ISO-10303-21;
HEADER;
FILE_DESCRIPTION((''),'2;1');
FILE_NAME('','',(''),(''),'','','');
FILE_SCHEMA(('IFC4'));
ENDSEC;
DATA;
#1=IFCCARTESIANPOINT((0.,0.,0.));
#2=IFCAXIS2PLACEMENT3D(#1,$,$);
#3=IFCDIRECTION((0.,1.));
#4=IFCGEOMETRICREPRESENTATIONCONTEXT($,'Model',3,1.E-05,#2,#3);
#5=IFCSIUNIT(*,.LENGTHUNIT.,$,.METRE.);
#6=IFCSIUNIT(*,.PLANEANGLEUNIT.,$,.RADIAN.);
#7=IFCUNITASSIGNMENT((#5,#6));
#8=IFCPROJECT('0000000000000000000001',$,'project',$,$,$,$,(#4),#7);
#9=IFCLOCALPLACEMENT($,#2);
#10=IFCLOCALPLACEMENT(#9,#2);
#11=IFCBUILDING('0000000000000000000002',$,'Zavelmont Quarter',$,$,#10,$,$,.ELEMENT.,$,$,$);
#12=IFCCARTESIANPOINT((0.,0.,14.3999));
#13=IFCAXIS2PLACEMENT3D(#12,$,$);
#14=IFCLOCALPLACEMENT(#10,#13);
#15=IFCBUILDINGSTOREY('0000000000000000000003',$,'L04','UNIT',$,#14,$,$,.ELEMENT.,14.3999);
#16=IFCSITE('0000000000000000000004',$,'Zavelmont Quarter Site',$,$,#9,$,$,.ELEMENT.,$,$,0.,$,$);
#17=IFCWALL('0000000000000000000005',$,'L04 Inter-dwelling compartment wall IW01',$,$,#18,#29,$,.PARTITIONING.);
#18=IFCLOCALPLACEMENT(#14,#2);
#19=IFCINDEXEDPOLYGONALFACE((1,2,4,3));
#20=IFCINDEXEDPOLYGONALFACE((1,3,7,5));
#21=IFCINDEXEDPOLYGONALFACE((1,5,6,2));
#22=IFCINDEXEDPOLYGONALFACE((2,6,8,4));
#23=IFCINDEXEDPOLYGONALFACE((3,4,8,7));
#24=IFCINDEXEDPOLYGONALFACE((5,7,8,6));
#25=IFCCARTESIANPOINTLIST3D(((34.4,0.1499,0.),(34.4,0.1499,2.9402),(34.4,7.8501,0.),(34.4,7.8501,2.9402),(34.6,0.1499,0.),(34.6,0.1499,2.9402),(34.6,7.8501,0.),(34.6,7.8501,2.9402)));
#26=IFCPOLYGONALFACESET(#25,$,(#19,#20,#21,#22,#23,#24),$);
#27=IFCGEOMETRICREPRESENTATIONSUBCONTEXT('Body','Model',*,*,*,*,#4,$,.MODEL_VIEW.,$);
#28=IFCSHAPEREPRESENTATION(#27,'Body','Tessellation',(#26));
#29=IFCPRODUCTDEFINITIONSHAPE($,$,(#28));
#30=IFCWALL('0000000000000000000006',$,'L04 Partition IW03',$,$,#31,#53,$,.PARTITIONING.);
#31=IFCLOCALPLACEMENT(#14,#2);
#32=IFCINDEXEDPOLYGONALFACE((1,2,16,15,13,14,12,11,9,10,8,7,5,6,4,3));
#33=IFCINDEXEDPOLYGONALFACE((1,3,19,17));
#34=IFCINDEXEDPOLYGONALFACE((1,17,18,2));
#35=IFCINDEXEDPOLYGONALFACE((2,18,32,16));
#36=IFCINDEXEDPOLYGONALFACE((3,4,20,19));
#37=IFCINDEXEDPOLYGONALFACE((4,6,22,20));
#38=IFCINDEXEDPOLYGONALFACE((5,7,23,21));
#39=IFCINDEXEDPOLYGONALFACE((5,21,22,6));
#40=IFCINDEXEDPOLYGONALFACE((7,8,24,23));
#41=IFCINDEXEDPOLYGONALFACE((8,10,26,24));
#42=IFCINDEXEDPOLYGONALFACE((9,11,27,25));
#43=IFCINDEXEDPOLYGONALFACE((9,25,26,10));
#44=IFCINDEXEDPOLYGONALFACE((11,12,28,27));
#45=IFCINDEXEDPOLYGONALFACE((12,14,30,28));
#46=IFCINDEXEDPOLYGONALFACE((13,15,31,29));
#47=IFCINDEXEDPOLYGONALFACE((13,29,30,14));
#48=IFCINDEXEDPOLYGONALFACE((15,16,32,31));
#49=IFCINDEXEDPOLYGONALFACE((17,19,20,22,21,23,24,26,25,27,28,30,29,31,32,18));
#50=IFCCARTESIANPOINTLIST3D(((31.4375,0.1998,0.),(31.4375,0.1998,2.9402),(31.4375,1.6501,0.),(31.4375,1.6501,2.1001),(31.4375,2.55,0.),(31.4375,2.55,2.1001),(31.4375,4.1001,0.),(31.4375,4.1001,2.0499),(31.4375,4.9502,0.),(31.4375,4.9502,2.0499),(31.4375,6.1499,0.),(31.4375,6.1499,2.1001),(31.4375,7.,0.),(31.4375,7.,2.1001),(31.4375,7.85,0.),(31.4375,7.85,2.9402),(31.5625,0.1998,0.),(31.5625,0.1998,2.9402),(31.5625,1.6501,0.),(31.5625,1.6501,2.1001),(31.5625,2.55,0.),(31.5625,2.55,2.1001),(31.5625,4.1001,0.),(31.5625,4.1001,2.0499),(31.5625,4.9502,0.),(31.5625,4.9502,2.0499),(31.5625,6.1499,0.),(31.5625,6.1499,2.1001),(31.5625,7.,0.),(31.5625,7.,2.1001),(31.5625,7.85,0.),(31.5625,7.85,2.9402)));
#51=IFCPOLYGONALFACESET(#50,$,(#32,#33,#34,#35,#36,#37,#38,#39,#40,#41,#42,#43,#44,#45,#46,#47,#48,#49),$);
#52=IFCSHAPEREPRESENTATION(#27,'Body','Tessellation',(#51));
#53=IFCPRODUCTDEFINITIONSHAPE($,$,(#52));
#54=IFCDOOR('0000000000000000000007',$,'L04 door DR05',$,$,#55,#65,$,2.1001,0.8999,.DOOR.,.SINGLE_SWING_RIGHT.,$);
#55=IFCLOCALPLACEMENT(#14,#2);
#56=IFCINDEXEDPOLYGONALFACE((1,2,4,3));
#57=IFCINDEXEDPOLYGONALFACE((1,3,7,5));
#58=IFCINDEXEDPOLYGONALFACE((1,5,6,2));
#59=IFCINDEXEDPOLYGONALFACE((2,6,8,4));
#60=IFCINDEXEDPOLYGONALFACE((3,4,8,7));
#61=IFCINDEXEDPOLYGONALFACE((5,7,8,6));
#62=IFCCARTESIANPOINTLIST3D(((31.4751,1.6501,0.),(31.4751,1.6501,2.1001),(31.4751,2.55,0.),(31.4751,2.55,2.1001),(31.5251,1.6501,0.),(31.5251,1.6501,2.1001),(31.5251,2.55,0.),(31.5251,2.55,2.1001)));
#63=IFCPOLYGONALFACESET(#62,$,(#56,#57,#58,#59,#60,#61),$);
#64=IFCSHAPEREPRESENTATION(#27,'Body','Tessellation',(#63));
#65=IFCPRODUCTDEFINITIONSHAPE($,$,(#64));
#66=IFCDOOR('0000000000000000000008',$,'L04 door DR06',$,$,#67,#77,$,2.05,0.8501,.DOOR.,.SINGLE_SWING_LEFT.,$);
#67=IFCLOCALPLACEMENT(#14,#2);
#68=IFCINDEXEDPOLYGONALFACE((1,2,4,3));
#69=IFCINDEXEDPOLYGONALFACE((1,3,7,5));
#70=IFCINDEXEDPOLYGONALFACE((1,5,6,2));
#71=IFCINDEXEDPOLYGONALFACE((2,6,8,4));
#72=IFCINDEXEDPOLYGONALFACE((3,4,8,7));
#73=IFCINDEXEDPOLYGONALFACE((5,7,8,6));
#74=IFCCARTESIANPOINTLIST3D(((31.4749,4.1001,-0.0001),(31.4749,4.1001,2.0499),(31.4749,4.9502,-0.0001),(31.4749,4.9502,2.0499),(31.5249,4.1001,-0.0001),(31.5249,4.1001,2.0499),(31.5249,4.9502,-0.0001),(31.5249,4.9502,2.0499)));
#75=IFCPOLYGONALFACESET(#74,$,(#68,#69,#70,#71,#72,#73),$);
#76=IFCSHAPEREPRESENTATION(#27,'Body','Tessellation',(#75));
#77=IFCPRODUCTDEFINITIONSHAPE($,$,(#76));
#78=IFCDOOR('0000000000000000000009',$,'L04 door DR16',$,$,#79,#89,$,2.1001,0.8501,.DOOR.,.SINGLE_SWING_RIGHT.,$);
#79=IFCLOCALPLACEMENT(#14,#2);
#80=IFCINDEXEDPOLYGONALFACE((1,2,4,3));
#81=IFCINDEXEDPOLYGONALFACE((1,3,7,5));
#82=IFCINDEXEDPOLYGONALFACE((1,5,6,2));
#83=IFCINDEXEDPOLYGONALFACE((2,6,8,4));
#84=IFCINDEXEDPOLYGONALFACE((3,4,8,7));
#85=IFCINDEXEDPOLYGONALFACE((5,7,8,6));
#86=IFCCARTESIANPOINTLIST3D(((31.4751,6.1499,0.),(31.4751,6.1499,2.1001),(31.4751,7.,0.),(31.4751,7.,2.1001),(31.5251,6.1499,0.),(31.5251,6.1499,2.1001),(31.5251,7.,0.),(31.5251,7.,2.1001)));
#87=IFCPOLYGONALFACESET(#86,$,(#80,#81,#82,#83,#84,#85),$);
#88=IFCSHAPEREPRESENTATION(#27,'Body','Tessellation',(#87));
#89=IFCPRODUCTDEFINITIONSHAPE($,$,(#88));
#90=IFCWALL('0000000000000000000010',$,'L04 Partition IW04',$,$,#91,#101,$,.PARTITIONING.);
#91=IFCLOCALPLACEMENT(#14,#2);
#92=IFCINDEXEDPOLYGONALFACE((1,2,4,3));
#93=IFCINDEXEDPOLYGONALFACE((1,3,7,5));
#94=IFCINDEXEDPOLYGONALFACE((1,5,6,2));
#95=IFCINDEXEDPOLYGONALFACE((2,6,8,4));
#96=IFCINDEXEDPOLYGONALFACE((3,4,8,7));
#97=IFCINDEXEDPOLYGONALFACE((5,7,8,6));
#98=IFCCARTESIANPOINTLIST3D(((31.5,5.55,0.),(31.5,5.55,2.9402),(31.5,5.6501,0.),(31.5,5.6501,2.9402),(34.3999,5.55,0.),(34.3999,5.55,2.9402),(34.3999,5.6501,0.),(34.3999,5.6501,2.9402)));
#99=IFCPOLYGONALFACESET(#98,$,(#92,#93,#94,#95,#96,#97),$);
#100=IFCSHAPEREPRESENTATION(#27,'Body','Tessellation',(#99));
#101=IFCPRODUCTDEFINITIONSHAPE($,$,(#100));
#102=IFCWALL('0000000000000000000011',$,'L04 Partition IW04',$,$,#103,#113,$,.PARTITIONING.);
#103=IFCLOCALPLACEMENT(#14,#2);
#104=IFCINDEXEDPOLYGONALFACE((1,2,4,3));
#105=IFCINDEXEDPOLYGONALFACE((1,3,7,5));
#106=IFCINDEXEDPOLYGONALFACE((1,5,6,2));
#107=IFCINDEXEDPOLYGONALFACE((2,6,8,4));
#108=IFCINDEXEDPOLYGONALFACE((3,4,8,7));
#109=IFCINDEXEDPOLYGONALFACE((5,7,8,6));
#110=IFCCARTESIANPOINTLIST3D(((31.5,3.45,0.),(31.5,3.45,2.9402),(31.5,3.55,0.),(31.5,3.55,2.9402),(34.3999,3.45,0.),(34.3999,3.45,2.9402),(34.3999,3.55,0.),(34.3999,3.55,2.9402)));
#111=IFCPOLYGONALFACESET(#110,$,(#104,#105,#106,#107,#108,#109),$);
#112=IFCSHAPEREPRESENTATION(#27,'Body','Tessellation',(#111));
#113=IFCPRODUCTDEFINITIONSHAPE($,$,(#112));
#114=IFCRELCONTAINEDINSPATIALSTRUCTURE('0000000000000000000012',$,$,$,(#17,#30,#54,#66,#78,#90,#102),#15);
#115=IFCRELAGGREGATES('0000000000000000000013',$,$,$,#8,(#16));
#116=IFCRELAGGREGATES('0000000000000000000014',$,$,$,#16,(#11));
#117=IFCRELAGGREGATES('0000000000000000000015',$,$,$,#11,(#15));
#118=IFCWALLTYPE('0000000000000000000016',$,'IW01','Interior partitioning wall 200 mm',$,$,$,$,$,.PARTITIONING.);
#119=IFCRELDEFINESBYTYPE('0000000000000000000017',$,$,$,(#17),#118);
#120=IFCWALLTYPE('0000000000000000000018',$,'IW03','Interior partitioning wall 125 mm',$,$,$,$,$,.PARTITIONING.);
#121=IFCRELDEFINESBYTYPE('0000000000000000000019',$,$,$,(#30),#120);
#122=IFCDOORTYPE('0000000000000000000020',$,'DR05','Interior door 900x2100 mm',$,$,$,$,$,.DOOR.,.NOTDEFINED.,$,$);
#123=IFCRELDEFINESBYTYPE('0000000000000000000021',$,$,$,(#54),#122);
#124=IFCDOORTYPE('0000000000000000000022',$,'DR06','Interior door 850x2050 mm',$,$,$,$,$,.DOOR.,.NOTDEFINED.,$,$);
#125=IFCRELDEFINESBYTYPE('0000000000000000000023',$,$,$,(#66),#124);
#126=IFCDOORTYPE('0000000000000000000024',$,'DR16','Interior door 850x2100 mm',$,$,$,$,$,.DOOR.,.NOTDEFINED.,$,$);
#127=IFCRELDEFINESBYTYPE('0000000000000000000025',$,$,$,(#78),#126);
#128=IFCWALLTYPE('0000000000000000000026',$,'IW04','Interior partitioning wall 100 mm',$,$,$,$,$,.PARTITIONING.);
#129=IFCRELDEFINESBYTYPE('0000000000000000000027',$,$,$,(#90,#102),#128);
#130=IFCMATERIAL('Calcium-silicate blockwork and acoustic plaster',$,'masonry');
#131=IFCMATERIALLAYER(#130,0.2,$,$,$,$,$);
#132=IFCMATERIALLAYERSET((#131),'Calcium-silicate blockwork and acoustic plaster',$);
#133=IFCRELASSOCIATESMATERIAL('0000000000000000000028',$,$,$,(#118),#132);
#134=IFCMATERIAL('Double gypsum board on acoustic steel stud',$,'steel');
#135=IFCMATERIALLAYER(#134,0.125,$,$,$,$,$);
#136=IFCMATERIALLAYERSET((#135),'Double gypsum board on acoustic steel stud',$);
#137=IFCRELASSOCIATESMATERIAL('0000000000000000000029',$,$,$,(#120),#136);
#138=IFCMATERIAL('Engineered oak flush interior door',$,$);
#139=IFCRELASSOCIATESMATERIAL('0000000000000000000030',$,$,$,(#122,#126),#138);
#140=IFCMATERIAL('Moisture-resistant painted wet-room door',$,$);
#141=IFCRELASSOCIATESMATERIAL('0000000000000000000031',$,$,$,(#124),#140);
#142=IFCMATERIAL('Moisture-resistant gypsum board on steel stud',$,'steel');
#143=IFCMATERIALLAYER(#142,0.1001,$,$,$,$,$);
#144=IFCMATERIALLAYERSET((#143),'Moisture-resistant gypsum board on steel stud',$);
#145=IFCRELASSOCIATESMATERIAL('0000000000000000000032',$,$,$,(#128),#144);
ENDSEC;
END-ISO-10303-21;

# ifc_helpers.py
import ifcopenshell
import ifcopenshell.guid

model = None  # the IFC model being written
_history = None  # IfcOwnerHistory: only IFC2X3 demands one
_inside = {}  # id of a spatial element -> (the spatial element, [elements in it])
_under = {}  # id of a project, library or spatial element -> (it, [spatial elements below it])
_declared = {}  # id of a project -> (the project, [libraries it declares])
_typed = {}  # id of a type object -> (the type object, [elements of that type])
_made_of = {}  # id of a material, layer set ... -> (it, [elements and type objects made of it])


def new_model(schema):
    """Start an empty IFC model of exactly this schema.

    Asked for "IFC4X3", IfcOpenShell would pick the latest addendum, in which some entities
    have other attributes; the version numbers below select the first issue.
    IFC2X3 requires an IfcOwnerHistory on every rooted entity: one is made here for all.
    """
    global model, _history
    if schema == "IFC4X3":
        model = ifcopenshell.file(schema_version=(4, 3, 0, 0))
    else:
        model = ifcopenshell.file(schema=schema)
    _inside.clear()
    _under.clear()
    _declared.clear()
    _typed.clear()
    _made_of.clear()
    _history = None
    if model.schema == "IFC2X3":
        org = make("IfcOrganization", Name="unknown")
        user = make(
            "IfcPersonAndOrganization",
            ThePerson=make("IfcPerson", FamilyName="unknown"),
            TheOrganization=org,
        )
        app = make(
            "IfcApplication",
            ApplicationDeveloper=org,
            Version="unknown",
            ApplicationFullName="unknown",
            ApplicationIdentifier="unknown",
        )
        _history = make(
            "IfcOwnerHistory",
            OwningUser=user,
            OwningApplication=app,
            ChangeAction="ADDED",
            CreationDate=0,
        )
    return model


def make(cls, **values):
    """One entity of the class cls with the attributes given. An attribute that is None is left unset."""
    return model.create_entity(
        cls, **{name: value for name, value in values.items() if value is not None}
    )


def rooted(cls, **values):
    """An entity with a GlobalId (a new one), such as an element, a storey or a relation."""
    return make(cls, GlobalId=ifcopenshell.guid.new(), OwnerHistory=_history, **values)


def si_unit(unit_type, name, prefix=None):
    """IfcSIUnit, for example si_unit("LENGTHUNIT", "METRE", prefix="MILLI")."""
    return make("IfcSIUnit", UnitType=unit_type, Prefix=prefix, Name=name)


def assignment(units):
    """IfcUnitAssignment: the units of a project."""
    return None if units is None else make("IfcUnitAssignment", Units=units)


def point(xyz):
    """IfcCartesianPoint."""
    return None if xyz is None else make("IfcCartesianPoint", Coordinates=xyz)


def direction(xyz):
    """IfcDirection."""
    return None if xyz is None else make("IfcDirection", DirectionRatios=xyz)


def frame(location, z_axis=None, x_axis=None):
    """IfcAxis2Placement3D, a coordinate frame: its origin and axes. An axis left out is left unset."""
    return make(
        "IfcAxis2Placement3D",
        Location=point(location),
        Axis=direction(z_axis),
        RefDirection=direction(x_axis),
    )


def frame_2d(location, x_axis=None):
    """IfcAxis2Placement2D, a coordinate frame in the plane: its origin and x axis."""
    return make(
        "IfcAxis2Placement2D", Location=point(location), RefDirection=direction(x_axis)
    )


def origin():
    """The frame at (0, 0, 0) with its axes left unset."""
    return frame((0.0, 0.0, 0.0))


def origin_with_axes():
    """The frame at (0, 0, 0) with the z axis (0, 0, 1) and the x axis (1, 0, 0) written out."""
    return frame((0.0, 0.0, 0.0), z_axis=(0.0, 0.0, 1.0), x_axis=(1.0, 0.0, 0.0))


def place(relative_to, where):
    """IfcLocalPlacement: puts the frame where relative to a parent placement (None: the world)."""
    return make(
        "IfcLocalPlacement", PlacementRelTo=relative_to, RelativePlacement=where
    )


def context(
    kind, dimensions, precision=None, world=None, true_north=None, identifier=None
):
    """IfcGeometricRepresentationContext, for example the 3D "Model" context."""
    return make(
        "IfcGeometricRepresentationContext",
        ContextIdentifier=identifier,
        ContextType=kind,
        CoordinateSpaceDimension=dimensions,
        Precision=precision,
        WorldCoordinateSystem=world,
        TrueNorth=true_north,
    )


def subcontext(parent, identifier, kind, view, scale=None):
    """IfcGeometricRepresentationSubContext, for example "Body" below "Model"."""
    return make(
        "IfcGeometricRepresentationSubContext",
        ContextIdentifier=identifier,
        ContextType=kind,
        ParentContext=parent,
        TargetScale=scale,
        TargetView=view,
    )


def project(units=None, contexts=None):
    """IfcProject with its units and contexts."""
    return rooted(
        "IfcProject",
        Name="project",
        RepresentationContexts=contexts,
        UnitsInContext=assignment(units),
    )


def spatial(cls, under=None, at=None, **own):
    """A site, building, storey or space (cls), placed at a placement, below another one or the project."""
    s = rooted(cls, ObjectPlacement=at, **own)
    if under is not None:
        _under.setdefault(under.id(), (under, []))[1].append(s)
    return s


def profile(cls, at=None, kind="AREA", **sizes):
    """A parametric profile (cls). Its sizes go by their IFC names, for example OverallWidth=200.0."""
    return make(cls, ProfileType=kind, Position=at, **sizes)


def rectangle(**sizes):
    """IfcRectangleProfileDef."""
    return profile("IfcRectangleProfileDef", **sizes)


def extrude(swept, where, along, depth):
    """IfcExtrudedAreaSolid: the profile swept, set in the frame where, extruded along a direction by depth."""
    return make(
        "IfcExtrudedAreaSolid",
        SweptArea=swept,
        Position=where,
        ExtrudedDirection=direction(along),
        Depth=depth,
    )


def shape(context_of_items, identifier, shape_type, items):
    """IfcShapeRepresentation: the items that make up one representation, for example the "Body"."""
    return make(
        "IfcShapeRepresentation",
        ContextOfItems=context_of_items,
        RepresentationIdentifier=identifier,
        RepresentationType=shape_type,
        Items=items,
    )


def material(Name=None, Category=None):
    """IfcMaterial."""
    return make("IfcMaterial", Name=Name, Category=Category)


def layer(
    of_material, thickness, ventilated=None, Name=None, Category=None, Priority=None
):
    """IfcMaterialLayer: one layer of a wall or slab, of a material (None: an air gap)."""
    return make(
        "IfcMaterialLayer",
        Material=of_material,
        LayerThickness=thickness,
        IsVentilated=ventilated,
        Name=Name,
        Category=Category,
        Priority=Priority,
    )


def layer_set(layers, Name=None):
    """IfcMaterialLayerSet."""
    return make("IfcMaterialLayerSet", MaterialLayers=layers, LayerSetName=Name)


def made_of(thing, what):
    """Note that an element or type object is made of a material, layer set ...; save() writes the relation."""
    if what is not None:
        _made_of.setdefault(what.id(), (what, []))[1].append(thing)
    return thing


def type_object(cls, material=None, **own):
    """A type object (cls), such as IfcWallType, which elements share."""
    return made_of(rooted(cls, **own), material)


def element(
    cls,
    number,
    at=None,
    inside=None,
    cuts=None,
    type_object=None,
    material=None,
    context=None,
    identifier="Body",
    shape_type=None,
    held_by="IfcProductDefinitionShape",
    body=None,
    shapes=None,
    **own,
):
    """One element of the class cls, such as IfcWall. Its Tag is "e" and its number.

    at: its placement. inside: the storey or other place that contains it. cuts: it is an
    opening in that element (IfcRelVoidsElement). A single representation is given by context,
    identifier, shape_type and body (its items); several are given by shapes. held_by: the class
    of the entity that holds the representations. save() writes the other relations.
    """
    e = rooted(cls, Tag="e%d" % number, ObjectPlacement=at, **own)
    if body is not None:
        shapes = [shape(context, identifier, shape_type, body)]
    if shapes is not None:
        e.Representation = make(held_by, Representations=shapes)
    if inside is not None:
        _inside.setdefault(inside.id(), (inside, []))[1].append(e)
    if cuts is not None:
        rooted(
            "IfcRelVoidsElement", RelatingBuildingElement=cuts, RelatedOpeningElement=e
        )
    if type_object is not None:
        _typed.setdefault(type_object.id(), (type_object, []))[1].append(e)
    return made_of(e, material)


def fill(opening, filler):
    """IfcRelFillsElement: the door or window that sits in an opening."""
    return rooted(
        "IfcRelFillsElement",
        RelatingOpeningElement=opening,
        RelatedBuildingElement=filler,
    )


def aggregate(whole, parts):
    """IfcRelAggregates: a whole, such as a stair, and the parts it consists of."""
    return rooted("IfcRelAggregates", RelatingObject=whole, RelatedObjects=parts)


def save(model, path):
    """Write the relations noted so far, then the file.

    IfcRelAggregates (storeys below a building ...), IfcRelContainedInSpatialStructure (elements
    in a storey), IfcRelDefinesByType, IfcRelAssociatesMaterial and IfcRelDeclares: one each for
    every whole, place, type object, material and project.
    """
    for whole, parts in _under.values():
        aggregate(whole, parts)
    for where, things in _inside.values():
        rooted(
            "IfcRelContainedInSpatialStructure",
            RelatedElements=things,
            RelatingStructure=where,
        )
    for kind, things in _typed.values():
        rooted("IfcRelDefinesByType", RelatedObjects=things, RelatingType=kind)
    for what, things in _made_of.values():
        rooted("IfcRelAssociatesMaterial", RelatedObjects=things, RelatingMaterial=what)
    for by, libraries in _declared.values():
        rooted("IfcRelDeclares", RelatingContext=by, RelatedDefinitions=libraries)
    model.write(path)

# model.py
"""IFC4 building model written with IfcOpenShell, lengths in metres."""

from ifc_helpers import new_model, si_unit, direction, frame, frame_2d, origin, origin_with_axes, place, context, subcontext, project, spatial, rectangle, extrude, material, layer, layer_set, type_object, element, fill, save


model = new_model("IFC4")

# Units and contexts
model_context = context("Model", 3, precision=1e-05, world=origin(), true_north=direction((0.0, 1.0)))
body_context = subcontext(model_context, "Body", "Model", "MODEL_VIEW")
ifc_project = project(units=[si_unit("LENGTHUNIT", "METRE"), si_unit("PLANEANGLEUNIT", "RADIAN")], contexts=[model_context])

# Site, building, storey
site_placement = place(None, origin())
site = spatial("IfcSite", under=ifc_project, at=site_placement, Name="Zavelmont Quarter Site", CompositionType="ELEMENT", RefElevation=0.0)
building_placement = place(site_placement, origin())
building = spatial("IfcBuilding", under=site, at=building_placement, Name="Zavelmont Quarter", CompositionType="ELEMENT")
storey_placement = place(building_placement, frame((0.0, 0.0, 14.3999)))
storey = spatial("IfcBuildingStorey", under=building, at=storey_placement, Name="L04", Description="UNIT", CompositionType="ELEMENT", Elevation=14.3999)

# Wall
ifc_material_1 = material(Name="Calcium-silicate blockwork and acoustic plaster", Category="masonry")
ifc_layer_1 = layer(ifc_material_1, 0.2)
ifc_layer_set_1 = layer_set([ifc_layer_1], Name="Calcium-silicate blockwork and acoustic plaster")
wall_type_1 = type_object("IfcWallType", Name="IW01", Description="Interior partitioning wall 200 mm", PredefinedType="PARTITIONING", material=ifc_layer_set_1)
for number, where, z_axis, x_axis, name in (
    (1, (34.5, 7.8501, 0.0), (0.0, 0.0, 1.0), (0.0, -1.0, 0.0), "L04 Inter-dwelling compartment wall IW01"),
):
    element("IfcWall", number, at=place(storey_placement, frame(where, z_axis=z_axis, x_axis=x_axis)), inside=storey, type_object=wall_type_1, Name=name, PredefinedType="PARTITIONING", context=body_context, shape_type="SweptSolid", body=[
        extrude(rectangle(XDim=7.7002, YDim=0.2, at=frame_2d((3.8501, 0.0))), origin(), (0.0, 0.0, 1.0), 2.9402),
    ])

# Wall, openings, doors
ifc_material_2 = material(Name="Double gypsum board on acoustic steel stud", Category="steel")
ifc_layer_2 = layer(ifc_material_2, 0.125)
ifc_layer_set_2 = layer_set([ifc_layer_2], Name="Double gypsum board on acoustic steel stud")
wall_type_2 = type_object("IfcWallType", Name="IW03", Description="Interior partitioning wall 125 mm", PredefinedType="PARTITIONING", material=ifc_layer_set_2)
wall_placement = place(storey_placement, frame((31.5, 7.8501, 0.0), z_axis=(0.0, 0.0, 1.0), x_axis=(0.0, -1.0, 0.0)))
wall = element("IfcWall", 2, at=wall_placement, inside=storey, type_object=wall_type_2, Name="L04 Partition IW03", PredefinedType="PARTITIONING", context=body_context, shape_type="SweptSolid", body=[
    extrude(rectangle(XDim=7.6501, YDim=0.125, at=frame_2d((3.8252, 0.0))), origin(), (0.0, 0.0, 1.0), 2.9402),
])
opening_1_placement = place(wall_placement, frame((0.8501, 0.0, 0.0)))
opening_1 = element("IfcOpeningElement", 3, at=opening_1_placement, cuts=wall, PredefinedType="OPENING", context=body_context, shape_type="SweptSolid", body=[
    extrude(rectangle(XDim=0.8501, YDim=2.1001, at=frame_2d((0.425, 1.05))), frame((0.0, 0.0745, 0.0), z_axis=(0.0, -1.0, 0.0), x_axis=(1.0, 0.0, 0.0)), (0.0, 0.0, 1.0), 0.1489),
])
opening_2_placement = place(wall_placement, frame((2.8999, 0.0, 0.0)))
opening_2 = element("IfcOpeningElement", 4, at=opening_2_placement, cuts=wall, PredefinedType="OPENING", context=body_context, shape_type="SweptSolid", body=[
    extrude(rectangle(XDim=0.8501, YDim=2.05, at=frame_2d((0.425, 1.0249))), frame((0.0, 0.0745, 0.0), z_axis=(0.0, -1.0, 0.0), x_axis=(1.0, 0.0, 0.0)), (0.0, 0.0, 1.0), 0.1489),
])
opening_3_placement = place(wall_placement, frame((5.3, 0.0, 0.0)))
opening_3 = element("IfcOpeningElement", 5, at=opening_3_placement, cuts=wall, PredefinedType="OPENING", context=body_context, shape_type="SweptSolid", body=[
    extrude(rectangle(XDim=0.8999, YDim=2.1001, at=frame_2d((0.45, 1.05))), frame((0.0, 0.0745, 0.0), z_axis=(0.0, -1.0, 0.0), x_axis=(1.0, 0.0, 0.0)), (0.0, 0.0, 1.0), 0.1489),
])
ifc_material_3 = material(Name="Engineered oak flush interior door")
door_type_1 = type_object("IfcDoorType", Name="DR05", Description="Interior door 900x2100 mm", OperationType="NOTDEFINED", PredefinedType="DOOR", material=ifc_material_3)
door_1_placement = place(opening_3_placement, frame((0.8999, 0.0, 0.0), z_axis=(0.0, 0.0, 1.0), x_axis=(-1.0, 0.0, 0.0)))
door_1 = element("IfcDoor", 6, at=door_1_placement, inside=storey, type_object=door_type_1, Name="L04 door DR05", OperationType="SINGLE_SWING_RIGHT", OverallHeight=2.1001, OverallWidth=0.8999, PredefinedType="DOOR", context=body_context, shape_type="SweptSolid", body=[
    extrude(rectangle(XDim=0.8999, YDim=2.1001, at=frame_2d((0.45, 1.05))), frame((0.0, 0.0249, 0.0), z_axis=(0.0, -1.0, 0.0), x_axis=(1.0, 0.0, 0.0)), (0.0, 0.0, 1.0), 0.05),
])
fill(opening_3, door_1)
ifc_material_4 = material(Name="Moisture-resistant painted wet-room door")
door_type_2 = type_object("IfcDoorType", Name="DR06", Description="Interior door 850x2050 mm", OperationType="NOTDEFINED", PredefinedType="DOOR", material=ifc_material_4)
door_2_placement = place(opening_2_placement, origin_with_axes())
door_2 = element("IfcDoor", 7, at=door_2_placement, inside=storey, type_object=door_type_2, Name="L04 door DR06", OperationType="SINGLE_SWING_LEFT", OverallHeight=2.05, OverallWidth=0.8501, PredefinedType="DOOR", context=body_context, shape_type="SweptSolid", body=[
    extrude(rectangle(XDim=0.8501, YDim=2.05, at=frame_2d((0.425, 1.0249))), frame((0.0, 0.0249, 0.0), z_axis=(0.0, -1.0, 0.0), x_axis=(1.0, 0.0, 0.0)), (0.0, 0.0, 1.0), 0.05),
])
fill(opening_2, door_2)
door_type_3 = type_object("IfcDoorType", Name="DR16", Description="Interior door 850x2100 mm", OperationType="NOTDEFINED", PredefinedType="DOOR", material=ifc_material_3)
door_3_placement = place(opening_1_placement, frame((0.8501, 0.0, 0.0), z_axis=(0.0, 0.0, 1.0), x_axis=(-1.0, 0.0, 0.0)))
door_3 = element("IfcDoor", 8, at=door_3_placement, inside=storey, type_object=door_type_3, Name="L04 door DR16", OperationType="SINGLE_SWING_RIGHT", OverallHeight=2.1001, OverallWidth=0.8501, PredefinedType="DOOR", context=body_context, shape_type="SweptSolid", body=[
    extrude(rectangle(XDim=0.8501, YDim=2.1001, at=frame_2d((0.425, 1.05))), frame((0.0, 0.0249, 0.0), z_axis=(0.0, -1.0, 0.0), x_axis=(1.0, 0.0, 0.0)), (0.0, 0.0, 1.0), 0.05),
])
fill(opening_1, door_3)

# Walls
ifc_material_5 = material(Name="Moisture-resistant gypsum board on steel stud", Category="steel")
ifc_layer_3 = layer(ifc_material_5, 0.1001)
ifc_layer_set_3 = layer_set([ifc_layer_3], Name="Moisture-resistant gypsum board on steel stud")
wall_type_3 = type_object("IfcWallType", Name="IW04", Description="Interior partitioning wall 100 mm", PredefinedType="PARTITIONING", material=ifc_layer_set_3)
for number, where, z_axis, x_axis, name in (
    (9, (31.5, 5.6001, 0.0), (0.0, 0.0, 1.0), (1.0, 0.0, 0.0), "L04 Partition IW04"),
    (10, (31.5, 3.5, 0.0), (0.0, 0.0, 1.0), (1.0, 0.0, 0.0), "L04 Partition IW04"),
):
    element("IfcWall", number, at=place(storey_placement, frame(where, z_axis=z_axis, x_axis=x_axis)), inside=storey, type_object=wall_type_3, Name=name, PredefinedType="PARTITIONING", context=body_context, shape_type="SweptSolid", body=[
        extrude(rectangle(XDim=2.8999, YDim=0.1001, at=frame_2d((1.45, 0.0))), origin(), (0.0, 0.0, 1.0), 2.9402),
    ])

save(model, "model.ifc")
